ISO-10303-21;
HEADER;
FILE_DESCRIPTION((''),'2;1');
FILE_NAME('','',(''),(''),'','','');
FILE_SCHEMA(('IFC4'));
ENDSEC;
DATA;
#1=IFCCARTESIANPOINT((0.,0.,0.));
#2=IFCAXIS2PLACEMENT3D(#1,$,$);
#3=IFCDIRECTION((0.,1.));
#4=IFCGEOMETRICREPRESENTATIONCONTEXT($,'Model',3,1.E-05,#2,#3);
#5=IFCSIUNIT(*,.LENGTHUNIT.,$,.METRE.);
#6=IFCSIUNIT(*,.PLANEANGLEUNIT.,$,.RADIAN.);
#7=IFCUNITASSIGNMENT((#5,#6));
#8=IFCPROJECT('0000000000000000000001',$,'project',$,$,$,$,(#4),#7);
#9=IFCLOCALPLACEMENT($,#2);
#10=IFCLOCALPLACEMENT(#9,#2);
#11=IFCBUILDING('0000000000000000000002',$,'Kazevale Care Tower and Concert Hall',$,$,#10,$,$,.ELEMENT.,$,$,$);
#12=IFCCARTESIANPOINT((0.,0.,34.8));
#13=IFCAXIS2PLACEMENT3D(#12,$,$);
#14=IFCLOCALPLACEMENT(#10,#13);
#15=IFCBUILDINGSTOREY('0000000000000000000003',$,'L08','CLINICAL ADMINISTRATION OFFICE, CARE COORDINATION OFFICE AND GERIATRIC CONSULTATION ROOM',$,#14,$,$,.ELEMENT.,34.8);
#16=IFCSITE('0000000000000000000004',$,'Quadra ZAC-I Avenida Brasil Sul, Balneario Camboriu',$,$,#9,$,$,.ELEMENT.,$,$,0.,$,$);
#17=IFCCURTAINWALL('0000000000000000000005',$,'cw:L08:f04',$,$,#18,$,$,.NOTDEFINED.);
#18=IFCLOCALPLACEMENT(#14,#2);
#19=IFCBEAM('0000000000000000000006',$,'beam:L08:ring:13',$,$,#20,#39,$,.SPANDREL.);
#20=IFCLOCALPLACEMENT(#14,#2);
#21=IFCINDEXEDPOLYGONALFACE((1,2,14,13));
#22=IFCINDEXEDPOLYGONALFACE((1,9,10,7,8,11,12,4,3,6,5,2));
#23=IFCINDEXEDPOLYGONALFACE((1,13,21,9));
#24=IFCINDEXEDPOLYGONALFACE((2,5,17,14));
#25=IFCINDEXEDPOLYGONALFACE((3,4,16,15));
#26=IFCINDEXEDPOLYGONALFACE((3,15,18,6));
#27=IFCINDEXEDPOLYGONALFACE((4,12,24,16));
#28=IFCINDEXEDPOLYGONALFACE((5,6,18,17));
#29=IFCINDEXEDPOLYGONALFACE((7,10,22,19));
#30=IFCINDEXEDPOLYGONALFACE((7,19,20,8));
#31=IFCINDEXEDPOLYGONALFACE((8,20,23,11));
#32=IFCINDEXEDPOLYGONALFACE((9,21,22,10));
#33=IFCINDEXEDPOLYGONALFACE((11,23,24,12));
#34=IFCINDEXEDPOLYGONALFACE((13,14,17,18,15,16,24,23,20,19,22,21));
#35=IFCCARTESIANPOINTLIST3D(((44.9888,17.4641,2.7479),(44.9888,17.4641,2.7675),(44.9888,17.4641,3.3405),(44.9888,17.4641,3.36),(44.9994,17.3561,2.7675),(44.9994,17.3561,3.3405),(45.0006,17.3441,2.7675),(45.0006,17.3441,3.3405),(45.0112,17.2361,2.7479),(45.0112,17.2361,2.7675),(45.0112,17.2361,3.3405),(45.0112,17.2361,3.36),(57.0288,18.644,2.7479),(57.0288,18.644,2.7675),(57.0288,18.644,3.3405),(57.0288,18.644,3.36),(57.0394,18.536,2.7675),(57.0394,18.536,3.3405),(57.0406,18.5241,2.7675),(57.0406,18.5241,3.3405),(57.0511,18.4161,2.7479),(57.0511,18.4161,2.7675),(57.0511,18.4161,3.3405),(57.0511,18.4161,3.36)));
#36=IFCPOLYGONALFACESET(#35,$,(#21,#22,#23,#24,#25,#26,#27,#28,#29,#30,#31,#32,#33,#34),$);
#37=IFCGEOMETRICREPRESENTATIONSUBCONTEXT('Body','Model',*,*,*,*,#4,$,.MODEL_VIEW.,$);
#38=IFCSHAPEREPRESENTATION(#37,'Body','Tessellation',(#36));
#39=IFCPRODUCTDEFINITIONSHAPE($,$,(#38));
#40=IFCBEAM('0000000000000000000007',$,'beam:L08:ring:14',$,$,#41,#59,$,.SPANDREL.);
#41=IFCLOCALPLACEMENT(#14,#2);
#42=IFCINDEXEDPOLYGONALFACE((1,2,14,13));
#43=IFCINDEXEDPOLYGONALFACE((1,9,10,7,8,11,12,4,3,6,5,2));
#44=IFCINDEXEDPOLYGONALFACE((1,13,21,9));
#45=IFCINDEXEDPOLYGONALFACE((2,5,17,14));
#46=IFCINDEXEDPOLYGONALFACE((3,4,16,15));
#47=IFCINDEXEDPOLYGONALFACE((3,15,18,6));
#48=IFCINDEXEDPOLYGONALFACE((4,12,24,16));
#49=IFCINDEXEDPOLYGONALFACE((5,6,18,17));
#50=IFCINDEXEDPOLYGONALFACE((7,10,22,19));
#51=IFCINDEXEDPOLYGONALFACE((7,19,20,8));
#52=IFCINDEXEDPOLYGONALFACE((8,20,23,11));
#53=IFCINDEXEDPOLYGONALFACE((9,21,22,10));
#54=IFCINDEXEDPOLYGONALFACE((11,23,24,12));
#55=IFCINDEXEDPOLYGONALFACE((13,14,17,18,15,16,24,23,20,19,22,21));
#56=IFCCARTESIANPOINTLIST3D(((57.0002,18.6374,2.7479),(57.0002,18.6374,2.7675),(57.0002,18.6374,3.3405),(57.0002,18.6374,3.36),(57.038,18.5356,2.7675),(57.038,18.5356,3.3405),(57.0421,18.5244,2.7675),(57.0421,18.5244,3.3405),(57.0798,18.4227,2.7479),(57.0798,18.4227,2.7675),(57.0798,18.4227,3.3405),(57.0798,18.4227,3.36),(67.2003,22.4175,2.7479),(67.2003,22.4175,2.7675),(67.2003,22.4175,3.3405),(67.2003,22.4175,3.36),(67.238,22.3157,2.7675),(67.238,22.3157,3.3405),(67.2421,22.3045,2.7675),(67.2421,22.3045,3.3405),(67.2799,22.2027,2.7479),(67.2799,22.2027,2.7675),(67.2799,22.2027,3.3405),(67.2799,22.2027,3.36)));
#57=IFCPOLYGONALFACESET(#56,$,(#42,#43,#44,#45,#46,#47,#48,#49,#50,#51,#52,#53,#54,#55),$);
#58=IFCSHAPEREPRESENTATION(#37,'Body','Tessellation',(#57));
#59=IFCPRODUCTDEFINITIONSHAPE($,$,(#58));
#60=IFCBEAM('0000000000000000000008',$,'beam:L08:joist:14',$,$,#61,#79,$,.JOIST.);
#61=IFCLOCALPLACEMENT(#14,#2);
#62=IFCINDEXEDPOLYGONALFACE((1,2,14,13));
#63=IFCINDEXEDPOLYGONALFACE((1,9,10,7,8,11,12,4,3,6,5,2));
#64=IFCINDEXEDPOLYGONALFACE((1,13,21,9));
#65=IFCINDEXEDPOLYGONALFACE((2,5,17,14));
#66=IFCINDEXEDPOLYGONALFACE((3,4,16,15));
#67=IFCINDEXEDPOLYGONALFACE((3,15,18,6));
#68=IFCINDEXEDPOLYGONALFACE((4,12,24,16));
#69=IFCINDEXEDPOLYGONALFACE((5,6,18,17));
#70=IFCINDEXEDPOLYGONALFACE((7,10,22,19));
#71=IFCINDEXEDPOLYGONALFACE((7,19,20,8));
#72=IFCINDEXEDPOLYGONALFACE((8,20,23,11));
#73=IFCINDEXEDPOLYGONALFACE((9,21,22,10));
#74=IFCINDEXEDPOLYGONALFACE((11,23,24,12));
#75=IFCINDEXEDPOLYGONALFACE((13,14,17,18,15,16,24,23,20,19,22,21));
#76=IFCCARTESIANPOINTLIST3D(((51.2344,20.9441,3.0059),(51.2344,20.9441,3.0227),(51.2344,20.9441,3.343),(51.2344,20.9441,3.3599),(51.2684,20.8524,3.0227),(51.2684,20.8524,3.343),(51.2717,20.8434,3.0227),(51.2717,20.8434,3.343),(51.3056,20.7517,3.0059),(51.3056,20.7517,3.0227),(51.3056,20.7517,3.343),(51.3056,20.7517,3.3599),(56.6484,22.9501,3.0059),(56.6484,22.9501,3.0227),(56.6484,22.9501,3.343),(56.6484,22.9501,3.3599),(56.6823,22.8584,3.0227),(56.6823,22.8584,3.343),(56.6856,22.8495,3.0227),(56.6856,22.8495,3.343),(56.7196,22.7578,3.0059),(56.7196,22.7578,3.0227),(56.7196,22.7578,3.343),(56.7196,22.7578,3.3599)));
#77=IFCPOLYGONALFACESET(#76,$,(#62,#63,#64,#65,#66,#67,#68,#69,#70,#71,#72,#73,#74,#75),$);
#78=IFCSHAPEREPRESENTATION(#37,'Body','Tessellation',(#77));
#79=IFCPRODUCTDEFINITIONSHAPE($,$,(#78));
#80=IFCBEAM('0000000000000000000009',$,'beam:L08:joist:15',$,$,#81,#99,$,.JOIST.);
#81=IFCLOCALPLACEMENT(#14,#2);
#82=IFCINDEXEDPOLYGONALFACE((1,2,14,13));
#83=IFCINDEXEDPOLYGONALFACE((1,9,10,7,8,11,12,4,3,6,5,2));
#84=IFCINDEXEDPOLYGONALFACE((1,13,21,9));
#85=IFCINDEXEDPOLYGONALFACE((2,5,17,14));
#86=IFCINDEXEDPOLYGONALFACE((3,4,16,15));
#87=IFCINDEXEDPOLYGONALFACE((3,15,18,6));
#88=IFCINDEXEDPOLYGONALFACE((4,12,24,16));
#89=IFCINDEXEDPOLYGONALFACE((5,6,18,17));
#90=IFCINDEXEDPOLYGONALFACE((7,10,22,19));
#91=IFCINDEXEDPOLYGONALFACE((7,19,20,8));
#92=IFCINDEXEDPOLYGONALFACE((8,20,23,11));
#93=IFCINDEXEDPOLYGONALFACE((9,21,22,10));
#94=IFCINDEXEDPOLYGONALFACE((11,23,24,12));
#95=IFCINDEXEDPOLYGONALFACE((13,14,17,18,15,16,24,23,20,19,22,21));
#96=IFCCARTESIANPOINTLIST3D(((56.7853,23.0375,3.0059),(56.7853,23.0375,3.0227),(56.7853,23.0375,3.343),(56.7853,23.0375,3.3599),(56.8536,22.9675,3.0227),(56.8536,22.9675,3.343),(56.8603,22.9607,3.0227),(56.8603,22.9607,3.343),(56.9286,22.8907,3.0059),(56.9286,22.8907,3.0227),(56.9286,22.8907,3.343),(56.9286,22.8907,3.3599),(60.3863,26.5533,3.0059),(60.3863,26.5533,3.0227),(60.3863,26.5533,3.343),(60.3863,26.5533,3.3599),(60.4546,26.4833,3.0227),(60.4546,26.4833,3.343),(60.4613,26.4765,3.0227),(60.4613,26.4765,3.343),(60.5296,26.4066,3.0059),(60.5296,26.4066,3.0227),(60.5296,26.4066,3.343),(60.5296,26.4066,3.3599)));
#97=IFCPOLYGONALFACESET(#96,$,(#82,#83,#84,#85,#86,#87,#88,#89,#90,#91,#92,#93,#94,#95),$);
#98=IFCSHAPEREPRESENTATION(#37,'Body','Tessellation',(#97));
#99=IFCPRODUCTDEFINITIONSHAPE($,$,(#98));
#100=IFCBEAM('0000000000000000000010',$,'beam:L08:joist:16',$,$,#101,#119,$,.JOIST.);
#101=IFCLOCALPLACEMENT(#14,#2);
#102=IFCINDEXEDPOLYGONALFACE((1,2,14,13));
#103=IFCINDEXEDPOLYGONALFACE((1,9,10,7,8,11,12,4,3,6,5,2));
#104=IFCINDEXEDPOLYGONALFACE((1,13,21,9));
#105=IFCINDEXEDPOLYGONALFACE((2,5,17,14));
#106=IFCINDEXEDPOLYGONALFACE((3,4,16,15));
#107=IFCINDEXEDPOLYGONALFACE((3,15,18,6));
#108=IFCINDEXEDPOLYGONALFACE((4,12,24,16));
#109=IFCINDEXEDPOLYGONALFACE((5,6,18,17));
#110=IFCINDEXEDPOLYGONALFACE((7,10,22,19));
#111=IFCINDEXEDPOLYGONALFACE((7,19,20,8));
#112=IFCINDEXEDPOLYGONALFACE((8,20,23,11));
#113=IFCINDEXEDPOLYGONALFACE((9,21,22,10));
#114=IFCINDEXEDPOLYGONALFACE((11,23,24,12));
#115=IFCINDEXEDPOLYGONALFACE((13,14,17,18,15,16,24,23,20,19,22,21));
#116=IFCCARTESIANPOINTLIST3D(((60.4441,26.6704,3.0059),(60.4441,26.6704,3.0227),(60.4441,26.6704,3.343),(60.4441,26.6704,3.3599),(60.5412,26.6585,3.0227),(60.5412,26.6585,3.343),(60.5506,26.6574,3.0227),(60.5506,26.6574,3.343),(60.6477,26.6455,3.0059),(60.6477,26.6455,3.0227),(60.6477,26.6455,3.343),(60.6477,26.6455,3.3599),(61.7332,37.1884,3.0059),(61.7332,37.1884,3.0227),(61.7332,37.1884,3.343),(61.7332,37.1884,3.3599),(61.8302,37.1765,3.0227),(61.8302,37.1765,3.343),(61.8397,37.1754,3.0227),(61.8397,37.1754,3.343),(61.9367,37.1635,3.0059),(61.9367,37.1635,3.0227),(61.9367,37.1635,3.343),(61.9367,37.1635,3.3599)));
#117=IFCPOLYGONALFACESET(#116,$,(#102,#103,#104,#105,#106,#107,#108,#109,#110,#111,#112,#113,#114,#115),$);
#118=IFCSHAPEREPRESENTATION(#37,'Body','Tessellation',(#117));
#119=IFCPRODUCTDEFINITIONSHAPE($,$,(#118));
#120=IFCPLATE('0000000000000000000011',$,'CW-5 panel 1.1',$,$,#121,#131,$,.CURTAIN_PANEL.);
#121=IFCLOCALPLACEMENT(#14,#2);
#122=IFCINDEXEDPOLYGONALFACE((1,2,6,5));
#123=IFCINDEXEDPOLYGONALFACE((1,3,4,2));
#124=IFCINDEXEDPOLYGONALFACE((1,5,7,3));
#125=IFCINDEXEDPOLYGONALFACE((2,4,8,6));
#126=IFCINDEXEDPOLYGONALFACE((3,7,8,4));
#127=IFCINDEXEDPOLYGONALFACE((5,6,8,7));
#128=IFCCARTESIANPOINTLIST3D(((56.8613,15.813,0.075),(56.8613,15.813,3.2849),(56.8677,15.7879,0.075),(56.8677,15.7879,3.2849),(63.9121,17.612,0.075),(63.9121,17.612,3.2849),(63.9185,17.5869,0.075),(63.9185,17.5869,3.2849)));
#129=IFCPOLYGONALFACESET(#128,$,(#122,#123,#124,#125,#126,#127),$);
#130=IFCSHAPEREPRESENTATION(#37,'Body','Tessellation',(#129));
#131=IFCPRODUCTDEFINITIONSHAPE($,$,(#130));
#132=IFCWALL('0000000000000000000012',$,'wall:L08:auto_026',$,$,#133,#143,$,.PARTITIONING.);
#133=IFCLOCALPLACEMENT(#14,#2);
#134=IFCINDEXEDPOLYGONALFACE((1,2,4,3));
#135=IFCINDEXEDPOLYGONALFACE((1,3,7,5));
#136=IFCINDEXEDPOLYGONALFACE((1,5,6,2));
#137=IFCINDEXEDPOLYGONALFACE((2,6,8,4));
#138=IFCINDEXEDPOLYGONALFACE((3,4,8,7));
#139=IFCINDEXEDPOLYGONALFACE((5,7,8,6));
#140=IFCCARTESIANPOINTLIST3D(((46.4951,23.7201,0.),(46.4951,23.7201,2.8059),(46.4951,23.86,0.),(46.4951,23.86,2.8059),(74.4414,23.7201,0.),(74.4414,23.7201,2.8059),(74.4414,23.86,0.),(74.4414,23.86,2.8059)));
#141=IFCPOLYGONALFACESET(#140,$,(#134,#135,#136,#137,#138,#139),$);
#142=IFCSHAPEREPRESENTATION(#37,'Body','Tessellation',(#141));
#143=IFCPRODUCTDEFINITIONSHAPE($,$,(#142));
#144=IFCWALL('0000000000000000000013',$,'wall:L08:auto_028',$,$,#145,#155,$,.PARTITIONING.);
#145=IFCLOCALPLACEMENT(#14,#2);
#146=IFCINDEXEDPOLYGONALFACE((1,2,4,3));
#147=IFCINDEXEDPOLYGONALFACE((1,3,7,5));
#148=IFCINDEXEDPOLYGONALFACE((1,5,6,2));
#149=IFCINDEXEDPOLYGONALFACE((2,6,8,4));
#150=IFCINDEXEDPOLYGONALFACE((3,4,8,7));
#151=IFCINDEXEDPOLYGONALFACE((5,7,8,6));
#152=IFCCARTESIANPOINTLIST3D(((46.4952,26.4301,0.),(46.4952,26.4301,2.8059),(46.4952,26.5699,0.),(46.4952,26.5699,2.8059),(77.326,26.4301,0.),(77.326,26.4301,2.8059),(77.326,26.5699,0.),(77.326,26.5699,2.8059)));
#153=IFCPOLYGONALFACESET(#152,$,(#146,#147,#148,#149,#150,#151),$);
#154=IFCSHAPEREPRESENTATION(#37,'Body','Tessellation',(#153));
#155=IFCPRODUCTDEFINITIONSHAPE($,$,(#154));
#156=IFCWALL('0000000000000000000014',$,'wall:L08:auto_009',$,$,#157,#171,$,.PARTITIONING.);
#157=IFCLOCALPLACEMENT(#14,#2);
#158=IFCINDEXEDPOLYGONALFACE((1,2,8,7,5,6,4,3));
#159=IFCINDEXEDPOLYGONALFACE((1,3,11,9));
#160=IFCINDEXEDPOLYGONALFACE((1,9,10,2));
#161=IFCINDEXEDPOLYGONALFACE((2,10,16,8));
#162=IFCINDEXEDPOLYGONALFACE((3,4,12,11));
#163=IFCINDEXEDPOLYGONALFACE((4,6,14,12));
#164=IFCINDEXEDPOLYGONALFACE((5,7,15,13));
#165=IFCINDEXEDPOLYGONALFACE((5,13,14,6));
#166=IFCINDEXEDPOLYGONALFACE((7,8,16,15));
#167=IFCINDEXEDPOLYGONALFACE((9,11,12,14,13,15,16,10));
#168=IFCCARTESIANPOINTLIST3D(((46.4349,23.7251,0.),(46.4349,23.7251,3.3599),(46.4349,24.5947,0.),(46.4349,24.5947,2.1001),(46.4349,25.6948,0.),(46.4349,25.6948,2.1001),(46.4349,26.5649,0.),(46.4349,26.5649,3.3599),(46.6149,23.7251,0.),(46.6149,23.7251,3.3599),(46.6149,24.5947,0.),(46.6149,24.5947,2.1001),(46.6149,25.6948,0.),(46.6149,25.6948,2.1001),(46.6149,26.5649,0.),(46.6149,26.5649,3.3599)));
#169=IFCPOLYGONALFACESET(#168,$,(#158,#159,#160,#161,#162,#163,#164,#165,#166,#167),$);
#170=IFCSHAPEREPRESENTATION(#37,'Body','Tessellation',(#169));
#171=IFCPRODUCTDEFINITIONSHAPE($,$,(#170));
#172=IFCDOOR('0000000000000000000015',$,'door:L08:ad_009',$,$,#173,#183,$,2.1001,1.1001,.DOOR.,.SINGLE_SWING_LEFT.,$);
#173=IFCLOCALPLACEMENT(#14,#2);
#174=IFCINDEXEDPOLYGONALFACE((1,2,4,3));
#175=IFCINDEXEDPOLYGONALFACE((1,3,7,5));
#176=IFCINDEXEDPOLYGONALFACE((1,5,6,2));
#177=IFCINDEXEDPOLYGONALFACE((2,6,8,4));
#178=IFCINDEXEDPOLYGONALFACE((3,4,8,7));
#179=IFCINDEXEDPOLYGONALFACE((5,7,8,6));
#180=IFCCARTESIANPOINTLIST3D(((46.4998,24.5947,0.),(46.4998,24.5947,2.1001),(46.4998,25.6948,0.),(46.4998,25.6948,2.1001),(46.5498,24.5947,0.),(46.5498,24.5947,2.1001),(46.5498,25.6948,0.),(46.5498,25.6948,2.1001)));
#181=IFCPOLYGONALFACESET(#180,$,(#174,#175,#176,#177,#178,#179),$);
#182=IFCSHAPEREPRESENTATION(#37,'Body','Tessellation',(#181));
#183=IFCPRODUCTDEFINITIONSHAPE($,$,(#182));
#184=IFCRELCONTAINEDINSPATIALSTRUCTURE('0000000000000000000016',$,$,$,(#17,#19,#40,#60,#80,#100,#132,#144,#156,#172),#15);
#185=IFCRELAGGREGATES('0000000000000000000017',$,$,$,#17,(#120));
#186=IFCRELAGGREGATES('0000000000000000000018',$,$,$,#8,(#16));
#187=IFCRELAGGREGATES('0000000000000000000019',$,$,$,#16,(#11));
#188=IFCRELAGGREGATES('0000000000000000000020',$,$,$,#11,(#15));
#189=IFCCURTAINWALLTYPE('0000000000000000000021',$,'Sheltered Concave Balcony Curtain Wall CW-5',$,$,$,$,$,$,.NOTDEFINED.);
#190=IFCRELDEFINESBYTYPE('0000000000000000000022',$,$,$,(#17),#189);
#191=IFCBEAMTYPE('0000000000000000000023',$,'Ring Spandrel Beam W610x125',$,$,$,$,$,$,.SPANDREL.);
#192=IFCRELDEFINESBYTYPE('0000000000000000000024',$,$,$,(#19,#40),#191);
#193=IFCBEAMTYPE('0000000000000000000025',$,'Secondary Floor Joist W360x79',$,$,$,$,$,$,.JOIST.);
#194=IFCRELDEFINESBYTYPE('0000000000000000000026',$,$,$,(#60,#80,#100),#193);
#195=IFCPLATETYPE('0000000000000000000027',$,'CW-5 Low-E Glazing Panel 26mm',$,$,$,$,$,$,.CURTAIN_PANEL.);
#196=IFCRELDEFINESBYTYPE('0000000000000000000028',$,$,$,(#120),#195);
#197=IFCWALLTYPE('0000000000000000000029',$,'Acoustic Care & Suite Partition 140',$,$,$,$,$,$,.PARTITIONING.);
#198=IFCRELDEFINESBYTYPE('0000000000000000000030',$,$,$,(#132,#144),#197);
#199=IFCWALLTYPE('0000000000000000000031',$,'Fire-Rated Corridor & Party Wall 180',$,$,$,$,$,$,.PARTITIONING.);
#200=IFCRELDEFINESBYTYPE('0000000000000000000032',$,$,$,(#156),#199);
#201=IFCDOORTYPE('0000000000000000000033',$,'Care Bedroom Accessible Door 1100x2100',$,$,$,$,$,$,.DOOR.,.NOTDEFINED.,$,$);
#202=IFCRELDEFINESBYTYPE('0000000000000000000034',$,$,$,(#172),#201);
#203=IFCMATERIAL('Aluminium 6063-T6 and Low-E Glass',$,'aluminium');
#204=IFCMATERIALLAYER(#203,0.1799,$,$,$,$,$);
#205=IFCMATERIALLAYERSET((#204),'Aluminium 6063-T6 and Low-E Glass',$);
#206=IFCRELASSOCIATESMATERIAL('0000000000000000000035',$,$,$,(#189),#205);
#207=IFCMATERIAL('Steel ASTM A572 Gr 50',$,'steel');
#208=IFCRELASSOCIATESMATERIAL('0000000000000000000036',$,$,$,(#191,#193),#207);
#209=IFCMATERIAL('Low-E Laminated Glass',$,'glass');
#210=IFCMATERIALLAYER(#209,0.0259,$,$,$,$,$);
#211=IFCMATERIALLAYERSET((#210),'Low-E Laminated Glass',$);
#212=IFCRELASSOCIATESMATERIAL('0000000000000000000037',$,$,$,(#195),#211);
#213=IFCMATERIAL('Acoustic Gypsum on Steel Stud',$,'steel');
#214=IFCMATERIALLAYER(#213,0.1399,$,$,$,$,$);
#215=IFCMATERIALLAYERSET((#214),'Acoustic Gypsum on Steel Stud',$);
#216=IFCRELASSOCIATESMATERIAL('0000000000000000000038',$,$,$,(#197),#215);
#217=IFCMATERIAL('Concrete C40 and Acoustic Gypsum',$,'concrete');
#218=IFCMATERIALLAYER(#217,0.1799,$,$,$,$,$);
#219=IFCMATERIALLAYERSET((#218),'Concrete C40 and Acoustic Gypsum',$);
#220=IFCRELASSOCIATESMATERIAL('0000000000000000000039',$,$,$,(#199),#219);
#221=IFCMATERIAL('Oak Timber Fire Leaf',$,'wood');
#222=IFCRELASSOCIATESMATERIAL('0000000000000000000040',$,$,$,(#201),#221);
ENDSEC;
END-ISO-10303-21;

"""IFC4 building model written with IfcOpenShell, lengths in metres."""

from ifc_helpers import new_model, si_unit, direction, frame, frame_2d, origin, origin_2d, place, context, subcontext, project, spatial, rectangle, i_section, extrude, material, layer, layer_set, material_profile, profile_set, type_object, element, fill, aggregate, save


model = new_model("IFC4")

# Units and contexts
model_context = context("Model", 3, precision=1e-05, world=origin(), true_north=direction((0.0, 1.0)))
body_context = subcontext(model_context, "Body", "Model", "MODEL_VIEW")
ifc_project = project(units=[si_unit("LENGTHUNIT", "METRE"), si_unit("PLANEANGLEUNIT", "RADIAN")], contexts=[model_context])

# Site, building, storey
site_placement = place(None, origin())
site = spatial("IfcSite", under=ifc_project, at=site_placement, Name="Quadra ZAC-I Avenida Brasil Sul, Balneario Camboriu", CompositionType="ELEMENT", RefElevation=0.0)
building_placement = place(site_placement, origin())
building = spatial("IfcBuilding", under=site, at=building_placement, Name="Kazevale Care Tower and Concert Hall", CompositionType="ELEMENT")
storey_placement = place(building_placement, frame((0.0, 0.0, 34.8)))
storey = spatial("IfcBuildingStorey", under=building, at=storey_placement, Name="L08", Description="CLINICAL ADMINISTRATION OFFICE, CARE COORDINATION OFFICE AND GERIATRIC CONSULTATION ROOM", CompositionType="ELEMENT", Elevation=34.8)

# Curtain wall
ifc_material_1 = material(Name="Aluminium 6063-T6 and Low-E Glass", Category="aluminium")
ifc_layer_1 = layer(ifc_material_1, 0.1799)
ifc_layer_set_1 = layer_set([ifc_layer_1], Name="Aluminium 6063-T6 and Low-E Glass")
curtain_wall_type = type_object("IfcCurtainWallType", Name="Sheltered Concave Balcony Curtain Wall CW-5", PredefinedType="NOTDEFINED", material=ifc_layer_set_1)
curtain_wall_1_placement = place(storey_placement, origin())
curtain_wall_1 = element("IfcCurtainWall", 1, at=curtain_wall_1_placement, inside=storey, type_object=curtain_wall_type, Name="cw:L08:f04", PredefinedType="NOTDEFINED")

# Beams
ifc_material_2 = material(Name="Steel ASTM A572 Gr 50", Category="steel")
ifc_material_profile_1 = material_profile(ifc_material_2, i_section(OverallWidth=0.229, OverallDepth=0.6121, WebThickness=0.012, FlangeThickness=0.0195, at=origin_2d()), Name="W610x125")
ifc_profile_set_1 = profile_set([ifc_material_profile_1], Name="Steel ASTM A572 Gr 50")
beam_type_1 = type_object("IfcBeamType", Name="Ring Spandrel Beam W610x125", PredefinedType="SPANDREL", material=ifc_profile_set_1)
beam_1_placement = place(storey_placement, frame((45.0, 17.3501, 3.054), z_axis=(0.995232, 0.097533, 0.0), x_axis=(-0.097533, 0.995232, 0.0)))
element("IfcBeam", 2, at=beam_1_placement, inside=storey, type_object=beam_type_1, Name="beam:L08:ring:13", PredefinedType="SPANDREL", context=body_context, shape_type="SweptSolid", body=[
    extrude(i_section(OverallWidth=0.229, OverallDepth=0.6121, WebThickness=0.012, FlangeThickness=0.0195, at=origin_2d()), origin(), (0.0, 0.0, 1.0), 12.0977),
])
beam_2_placement = place(storey_placement, frame((57.04, 18.53, 3.054), z_axis=(0.937681, 0.347498, 0.0), x_axis=(-0.347498, 0.937681, 0.0)))
element("IfcBeam", 3, at=beam_2_placement, inside=storey, type_object=beam_type_1, Name="beam:L08:ring:14", PredefinedType="SPANDREL", context=body_context, shape_type="SweptSolid", body=[
    extrude(i_section(OverallWidth=0.229, OverallDepth=0.6121, WebThickness=0.012, FlangeThickness=0.0195, at=origin_2d()), origin(), (0.0, 0.0, 1.0), 10.8779),
])
ifc_material_profile_2 = material_profile(ifc_material_2, i_section(OverallWidth=0.2051, OverallDepth=0.354, WebThickness=0.0095, FlangeThickness=0.0168, at=origin_2d()), Name="W360x79")
ifc_profile_set_2 = profile_set([ifc_material_profile_2], Name="Steel ASTM A572 Gr 50")
beam_type_2 = type_object("IfcBeamType", Name="Secondary Floor Joist W360x79", PredefinedType="JOIST", material=ifc_profile_set_2)
beam_3_placement = place(storey_placement, frame((51.27, 20.8479, 3.1829), z_axis=(0.937698, 0.347451, 0.0), x_axis=(-0.347451, 0.937698, 0.0)))
element("IfcBeam", 4, at=beam_3_placement, inside=storey, type_object=beam_type_2, Name="beam:L08:joist:14", PredefinedType="JOIST", context=body_context, shape_type="SweptSolid", body=[
    extrude(i_section(OverallWidth=0.2051, OverallDepth=0.354, WebThickness=0.0095, FlangeThickness=0.0168, at=origin_2d()), origin(), (0.0, 0.0, 1.0), 5.7737),
])
beam_4_placement = place(storey_placement, frame((56.8569, 22.9641, 3.1829), z_axis=(0.715521, 0.698591, 0.0), x_axis=(-0.698591, 0.715521, 0.0)))
element("IfcBeam", 5, at=beam_4_placement, inside=storey, type_object=beam_type_2, Name="beam:L08:joist:15", PredefinedType="JOIST", context=body_context, shape_type="SweptSolid", body=[
    extrude(i_section(OverallWidth=0.2051, OverallDepth=0.354, WebThickness=0.0095, FlangeThickness=0.0168, at=origin_2d()), origin(), (0.0, 0.0, 1.0), 5.0327),
])
beam_5_placement = place(storey_placement, frame((60.5459, 26.658, 3.1829), z_axis=(0.121647, 0.992573, 0.0), x_axis=(-0.992573, 0.121647, 0.0)))
element("IfcBeam", 6, at=beam_5_placement, inside=storey, type_object=beam_type_2, Name="beam:L08:joist:16", PredefinedType="JOIST", context=body_context, shape_type="SweptSolid", body=[
    extrude(i_section(OverallWidth=0.2051, OverallDepth=0.354, WebThickness=0.0095, FlangeThickness=0.0168, at=origin_2d()), origin(), (0.0, 0.0, 1.0), 10.5967),
])

# Plate
ifc_material_3 = material(Name="Low-E Laminated Glass", Category="glass")
ifc_layer_2 = layer(ifc_material_3, 0.0259)
ifc_layer_set_2 = layer_set([ifc_layer_2], Name="Low-E Laminated Glass")
plate_type = type_object("IfcPlateType", Name="CW-5 Low-E Glazing Panel 26mm", PredefinedType="CURTAIN_PANEL", material=ifc_layer_set_2)
plate_placement = place(storey_placement, frame((60.3899, 16.7, 0.075), z_axis=(0.0, 0.0, 1.0), x_axis=(-0.968959, -0.247222, 0.0)))
plate = element("IfcPlate", 7, at=plate_placement, type_object=plate_type, Name="CW-5 panel 1.1", PredefinedType="CURTAIN_PANEL", context=body_context, shape_type="SweptSolid", body=[
    extrude(rectangle(XDim=7.2766, YDim=0.0259, at=origin_2d()), origin(), (0.0, 0.0, 1.0), 3.21),
])
aggregate(curtain_wall_1, [plate])

# Walls
ifc_material_4 = material(Name="Acoustic Gypsum on Steel Stud", Category="steel")
ifc_layer_3 = layer(ifc_material_4, 0.1399)
ifc_layer_set_3 = layer_set([ifc_layer_3], Name="Acoustic Gypsum on Steel Stud")
wall_type_1 = type_object("IfcWallType", Name="Acoustic Care & Suite Partition 140", PredefinedType="PARTITIONING", material=ifc_layer_set_3)
wall_1_placement = place(storey_placement, frame((46.4951, 23.79, 0.0), z_axis=(0.0, 0.0, 1.0), x_axis=(1.0, 0.0, 0.0)))
element("IfcWall", 8, at=wall_1_placement, inside=storey, type_object=wall_type_1, Name="wall:L08:auto_026", PredefinedType="PARTITIONING", context=body_context, shape_type="SweptSolid", body=[
    extrude(rectangle(XDim=27.9463, YDim=0.1399, at=frame_2d((13.9731, 0.0))), origin(), (0.0, 0.0, 1.0), 2.8059),
])
wall_2_placement = place(storey_placement, frame((46.4951, 26.5, 0.0), z_axis=(0.0, 0.0, 1.0), x_axis=(1.0, 0.0, 0.0)))
element("IfcWall", 9, at=wall_2_placement, inside=storey, type_object=wall_type_1, Name="wall:L08:auto_028", PredefinedType="PARTITIONING", context=body_context, shape_type="SweptSolid", body=[
    extrude(rectangle(XDim=30.8308, YDim=0.1399, at=frame_2d((15.4155, 0.0))), origin(), (0.0, 0.0, 1.0), 2.8059),
])

# Wall, opening, door
ifc_material_5 = material(Name="Concrete C40 and Acoustic Gypsum", Category="concrete")
ifc_layer_4 = layer(ifc_material_5, 0.1799)
ifc_layer_set_4 = layer_set([ifc_layer_4], Name="Concrete C40 and Acoustic Gypsum")
wall_type_2 = type_object("IfcWallType", Name="Fire-Rated Corridor & Party Wall 180", PredefinedType="PARTITIONING", material=ifc_layer_set_4)
ifc_material_6 = material(Name="Oak Timber Fire Leaf", Category="wood")
wall_3_placement = place(storey_placement, frame((46.5249, 26.5649, 0.0), z_axis=(0.0, 0.0, 1.0), x_axis=(0.0, -1.0, 0.0)))
wall_3 = element("IfcWall", 10, at=wall_3_placement, inside=storey, type_object=wall_type_2, Name="wall:L08:auto_009", PredefinedType="PARTITIONING", context=body_context, shape_type="SweptSolid", body=[
    extrude(rectangle(XDim=2.8398, YDim=0.1799, at=frame_2d((1.4199, 0.0))), origin(), (0.0, 0.0, 1.0), 3.3599),
])
opening_1_placement = place(wall_3_placement, frame((0.8701, 0.0, 0.0)))
opening_1 = element("IfcOpeningElement", 11, at=opening_1_placement, cuts=wall_3, PredefinedType="OPENING", context=body_context, shape_type="SweptSolid", body=[
    extrude(rectangle(XDim=1.1001, YDim=2.1001, at=frame_2d((0.55, 1.05))), frame((0.0, 0.0999, 0.0), z_axis=(0.0, -1.0, 0.0), x_axis=(1.0, 0.0, 0.0)), (0.0, 0.0, 1.0), 0.2),
])
door_type_1 = type_object("IfcDoorType", Name="Care Bedroom Accessible Door 1100x2100", OperationType="NOTDEFINED", PredefinedType="DOOR", material=ifc_material_6)
door_1_placement = place(opening_1_placement, origin())
door_1 = element("IfcDoor", 12, at=door_1_placement, inside=storey, type_object=door_type_1, Name="door:L08:ad_009", OperationType="SINGLE_SWING_LEFT", OverallHeight=2.1001, OverallWidth=1.1001, PredefinedType="DOOR", context=body_context, shape_type="SweptSolid", body=[
    extrude(rectangle(XDim=1.1001, YDim=2.1001, at=frame_2d((0.55, 1.05))), frame((0.0, 0.0249, 0.0), z_axis=(0.0, -1.0, 0.0), x_axis=(1.0, 0.0, 0.0)), (0.0, 0.0, 1.0), 0.05),
])
fill(opening_1, door_1)

save(model, "model.ifc")
